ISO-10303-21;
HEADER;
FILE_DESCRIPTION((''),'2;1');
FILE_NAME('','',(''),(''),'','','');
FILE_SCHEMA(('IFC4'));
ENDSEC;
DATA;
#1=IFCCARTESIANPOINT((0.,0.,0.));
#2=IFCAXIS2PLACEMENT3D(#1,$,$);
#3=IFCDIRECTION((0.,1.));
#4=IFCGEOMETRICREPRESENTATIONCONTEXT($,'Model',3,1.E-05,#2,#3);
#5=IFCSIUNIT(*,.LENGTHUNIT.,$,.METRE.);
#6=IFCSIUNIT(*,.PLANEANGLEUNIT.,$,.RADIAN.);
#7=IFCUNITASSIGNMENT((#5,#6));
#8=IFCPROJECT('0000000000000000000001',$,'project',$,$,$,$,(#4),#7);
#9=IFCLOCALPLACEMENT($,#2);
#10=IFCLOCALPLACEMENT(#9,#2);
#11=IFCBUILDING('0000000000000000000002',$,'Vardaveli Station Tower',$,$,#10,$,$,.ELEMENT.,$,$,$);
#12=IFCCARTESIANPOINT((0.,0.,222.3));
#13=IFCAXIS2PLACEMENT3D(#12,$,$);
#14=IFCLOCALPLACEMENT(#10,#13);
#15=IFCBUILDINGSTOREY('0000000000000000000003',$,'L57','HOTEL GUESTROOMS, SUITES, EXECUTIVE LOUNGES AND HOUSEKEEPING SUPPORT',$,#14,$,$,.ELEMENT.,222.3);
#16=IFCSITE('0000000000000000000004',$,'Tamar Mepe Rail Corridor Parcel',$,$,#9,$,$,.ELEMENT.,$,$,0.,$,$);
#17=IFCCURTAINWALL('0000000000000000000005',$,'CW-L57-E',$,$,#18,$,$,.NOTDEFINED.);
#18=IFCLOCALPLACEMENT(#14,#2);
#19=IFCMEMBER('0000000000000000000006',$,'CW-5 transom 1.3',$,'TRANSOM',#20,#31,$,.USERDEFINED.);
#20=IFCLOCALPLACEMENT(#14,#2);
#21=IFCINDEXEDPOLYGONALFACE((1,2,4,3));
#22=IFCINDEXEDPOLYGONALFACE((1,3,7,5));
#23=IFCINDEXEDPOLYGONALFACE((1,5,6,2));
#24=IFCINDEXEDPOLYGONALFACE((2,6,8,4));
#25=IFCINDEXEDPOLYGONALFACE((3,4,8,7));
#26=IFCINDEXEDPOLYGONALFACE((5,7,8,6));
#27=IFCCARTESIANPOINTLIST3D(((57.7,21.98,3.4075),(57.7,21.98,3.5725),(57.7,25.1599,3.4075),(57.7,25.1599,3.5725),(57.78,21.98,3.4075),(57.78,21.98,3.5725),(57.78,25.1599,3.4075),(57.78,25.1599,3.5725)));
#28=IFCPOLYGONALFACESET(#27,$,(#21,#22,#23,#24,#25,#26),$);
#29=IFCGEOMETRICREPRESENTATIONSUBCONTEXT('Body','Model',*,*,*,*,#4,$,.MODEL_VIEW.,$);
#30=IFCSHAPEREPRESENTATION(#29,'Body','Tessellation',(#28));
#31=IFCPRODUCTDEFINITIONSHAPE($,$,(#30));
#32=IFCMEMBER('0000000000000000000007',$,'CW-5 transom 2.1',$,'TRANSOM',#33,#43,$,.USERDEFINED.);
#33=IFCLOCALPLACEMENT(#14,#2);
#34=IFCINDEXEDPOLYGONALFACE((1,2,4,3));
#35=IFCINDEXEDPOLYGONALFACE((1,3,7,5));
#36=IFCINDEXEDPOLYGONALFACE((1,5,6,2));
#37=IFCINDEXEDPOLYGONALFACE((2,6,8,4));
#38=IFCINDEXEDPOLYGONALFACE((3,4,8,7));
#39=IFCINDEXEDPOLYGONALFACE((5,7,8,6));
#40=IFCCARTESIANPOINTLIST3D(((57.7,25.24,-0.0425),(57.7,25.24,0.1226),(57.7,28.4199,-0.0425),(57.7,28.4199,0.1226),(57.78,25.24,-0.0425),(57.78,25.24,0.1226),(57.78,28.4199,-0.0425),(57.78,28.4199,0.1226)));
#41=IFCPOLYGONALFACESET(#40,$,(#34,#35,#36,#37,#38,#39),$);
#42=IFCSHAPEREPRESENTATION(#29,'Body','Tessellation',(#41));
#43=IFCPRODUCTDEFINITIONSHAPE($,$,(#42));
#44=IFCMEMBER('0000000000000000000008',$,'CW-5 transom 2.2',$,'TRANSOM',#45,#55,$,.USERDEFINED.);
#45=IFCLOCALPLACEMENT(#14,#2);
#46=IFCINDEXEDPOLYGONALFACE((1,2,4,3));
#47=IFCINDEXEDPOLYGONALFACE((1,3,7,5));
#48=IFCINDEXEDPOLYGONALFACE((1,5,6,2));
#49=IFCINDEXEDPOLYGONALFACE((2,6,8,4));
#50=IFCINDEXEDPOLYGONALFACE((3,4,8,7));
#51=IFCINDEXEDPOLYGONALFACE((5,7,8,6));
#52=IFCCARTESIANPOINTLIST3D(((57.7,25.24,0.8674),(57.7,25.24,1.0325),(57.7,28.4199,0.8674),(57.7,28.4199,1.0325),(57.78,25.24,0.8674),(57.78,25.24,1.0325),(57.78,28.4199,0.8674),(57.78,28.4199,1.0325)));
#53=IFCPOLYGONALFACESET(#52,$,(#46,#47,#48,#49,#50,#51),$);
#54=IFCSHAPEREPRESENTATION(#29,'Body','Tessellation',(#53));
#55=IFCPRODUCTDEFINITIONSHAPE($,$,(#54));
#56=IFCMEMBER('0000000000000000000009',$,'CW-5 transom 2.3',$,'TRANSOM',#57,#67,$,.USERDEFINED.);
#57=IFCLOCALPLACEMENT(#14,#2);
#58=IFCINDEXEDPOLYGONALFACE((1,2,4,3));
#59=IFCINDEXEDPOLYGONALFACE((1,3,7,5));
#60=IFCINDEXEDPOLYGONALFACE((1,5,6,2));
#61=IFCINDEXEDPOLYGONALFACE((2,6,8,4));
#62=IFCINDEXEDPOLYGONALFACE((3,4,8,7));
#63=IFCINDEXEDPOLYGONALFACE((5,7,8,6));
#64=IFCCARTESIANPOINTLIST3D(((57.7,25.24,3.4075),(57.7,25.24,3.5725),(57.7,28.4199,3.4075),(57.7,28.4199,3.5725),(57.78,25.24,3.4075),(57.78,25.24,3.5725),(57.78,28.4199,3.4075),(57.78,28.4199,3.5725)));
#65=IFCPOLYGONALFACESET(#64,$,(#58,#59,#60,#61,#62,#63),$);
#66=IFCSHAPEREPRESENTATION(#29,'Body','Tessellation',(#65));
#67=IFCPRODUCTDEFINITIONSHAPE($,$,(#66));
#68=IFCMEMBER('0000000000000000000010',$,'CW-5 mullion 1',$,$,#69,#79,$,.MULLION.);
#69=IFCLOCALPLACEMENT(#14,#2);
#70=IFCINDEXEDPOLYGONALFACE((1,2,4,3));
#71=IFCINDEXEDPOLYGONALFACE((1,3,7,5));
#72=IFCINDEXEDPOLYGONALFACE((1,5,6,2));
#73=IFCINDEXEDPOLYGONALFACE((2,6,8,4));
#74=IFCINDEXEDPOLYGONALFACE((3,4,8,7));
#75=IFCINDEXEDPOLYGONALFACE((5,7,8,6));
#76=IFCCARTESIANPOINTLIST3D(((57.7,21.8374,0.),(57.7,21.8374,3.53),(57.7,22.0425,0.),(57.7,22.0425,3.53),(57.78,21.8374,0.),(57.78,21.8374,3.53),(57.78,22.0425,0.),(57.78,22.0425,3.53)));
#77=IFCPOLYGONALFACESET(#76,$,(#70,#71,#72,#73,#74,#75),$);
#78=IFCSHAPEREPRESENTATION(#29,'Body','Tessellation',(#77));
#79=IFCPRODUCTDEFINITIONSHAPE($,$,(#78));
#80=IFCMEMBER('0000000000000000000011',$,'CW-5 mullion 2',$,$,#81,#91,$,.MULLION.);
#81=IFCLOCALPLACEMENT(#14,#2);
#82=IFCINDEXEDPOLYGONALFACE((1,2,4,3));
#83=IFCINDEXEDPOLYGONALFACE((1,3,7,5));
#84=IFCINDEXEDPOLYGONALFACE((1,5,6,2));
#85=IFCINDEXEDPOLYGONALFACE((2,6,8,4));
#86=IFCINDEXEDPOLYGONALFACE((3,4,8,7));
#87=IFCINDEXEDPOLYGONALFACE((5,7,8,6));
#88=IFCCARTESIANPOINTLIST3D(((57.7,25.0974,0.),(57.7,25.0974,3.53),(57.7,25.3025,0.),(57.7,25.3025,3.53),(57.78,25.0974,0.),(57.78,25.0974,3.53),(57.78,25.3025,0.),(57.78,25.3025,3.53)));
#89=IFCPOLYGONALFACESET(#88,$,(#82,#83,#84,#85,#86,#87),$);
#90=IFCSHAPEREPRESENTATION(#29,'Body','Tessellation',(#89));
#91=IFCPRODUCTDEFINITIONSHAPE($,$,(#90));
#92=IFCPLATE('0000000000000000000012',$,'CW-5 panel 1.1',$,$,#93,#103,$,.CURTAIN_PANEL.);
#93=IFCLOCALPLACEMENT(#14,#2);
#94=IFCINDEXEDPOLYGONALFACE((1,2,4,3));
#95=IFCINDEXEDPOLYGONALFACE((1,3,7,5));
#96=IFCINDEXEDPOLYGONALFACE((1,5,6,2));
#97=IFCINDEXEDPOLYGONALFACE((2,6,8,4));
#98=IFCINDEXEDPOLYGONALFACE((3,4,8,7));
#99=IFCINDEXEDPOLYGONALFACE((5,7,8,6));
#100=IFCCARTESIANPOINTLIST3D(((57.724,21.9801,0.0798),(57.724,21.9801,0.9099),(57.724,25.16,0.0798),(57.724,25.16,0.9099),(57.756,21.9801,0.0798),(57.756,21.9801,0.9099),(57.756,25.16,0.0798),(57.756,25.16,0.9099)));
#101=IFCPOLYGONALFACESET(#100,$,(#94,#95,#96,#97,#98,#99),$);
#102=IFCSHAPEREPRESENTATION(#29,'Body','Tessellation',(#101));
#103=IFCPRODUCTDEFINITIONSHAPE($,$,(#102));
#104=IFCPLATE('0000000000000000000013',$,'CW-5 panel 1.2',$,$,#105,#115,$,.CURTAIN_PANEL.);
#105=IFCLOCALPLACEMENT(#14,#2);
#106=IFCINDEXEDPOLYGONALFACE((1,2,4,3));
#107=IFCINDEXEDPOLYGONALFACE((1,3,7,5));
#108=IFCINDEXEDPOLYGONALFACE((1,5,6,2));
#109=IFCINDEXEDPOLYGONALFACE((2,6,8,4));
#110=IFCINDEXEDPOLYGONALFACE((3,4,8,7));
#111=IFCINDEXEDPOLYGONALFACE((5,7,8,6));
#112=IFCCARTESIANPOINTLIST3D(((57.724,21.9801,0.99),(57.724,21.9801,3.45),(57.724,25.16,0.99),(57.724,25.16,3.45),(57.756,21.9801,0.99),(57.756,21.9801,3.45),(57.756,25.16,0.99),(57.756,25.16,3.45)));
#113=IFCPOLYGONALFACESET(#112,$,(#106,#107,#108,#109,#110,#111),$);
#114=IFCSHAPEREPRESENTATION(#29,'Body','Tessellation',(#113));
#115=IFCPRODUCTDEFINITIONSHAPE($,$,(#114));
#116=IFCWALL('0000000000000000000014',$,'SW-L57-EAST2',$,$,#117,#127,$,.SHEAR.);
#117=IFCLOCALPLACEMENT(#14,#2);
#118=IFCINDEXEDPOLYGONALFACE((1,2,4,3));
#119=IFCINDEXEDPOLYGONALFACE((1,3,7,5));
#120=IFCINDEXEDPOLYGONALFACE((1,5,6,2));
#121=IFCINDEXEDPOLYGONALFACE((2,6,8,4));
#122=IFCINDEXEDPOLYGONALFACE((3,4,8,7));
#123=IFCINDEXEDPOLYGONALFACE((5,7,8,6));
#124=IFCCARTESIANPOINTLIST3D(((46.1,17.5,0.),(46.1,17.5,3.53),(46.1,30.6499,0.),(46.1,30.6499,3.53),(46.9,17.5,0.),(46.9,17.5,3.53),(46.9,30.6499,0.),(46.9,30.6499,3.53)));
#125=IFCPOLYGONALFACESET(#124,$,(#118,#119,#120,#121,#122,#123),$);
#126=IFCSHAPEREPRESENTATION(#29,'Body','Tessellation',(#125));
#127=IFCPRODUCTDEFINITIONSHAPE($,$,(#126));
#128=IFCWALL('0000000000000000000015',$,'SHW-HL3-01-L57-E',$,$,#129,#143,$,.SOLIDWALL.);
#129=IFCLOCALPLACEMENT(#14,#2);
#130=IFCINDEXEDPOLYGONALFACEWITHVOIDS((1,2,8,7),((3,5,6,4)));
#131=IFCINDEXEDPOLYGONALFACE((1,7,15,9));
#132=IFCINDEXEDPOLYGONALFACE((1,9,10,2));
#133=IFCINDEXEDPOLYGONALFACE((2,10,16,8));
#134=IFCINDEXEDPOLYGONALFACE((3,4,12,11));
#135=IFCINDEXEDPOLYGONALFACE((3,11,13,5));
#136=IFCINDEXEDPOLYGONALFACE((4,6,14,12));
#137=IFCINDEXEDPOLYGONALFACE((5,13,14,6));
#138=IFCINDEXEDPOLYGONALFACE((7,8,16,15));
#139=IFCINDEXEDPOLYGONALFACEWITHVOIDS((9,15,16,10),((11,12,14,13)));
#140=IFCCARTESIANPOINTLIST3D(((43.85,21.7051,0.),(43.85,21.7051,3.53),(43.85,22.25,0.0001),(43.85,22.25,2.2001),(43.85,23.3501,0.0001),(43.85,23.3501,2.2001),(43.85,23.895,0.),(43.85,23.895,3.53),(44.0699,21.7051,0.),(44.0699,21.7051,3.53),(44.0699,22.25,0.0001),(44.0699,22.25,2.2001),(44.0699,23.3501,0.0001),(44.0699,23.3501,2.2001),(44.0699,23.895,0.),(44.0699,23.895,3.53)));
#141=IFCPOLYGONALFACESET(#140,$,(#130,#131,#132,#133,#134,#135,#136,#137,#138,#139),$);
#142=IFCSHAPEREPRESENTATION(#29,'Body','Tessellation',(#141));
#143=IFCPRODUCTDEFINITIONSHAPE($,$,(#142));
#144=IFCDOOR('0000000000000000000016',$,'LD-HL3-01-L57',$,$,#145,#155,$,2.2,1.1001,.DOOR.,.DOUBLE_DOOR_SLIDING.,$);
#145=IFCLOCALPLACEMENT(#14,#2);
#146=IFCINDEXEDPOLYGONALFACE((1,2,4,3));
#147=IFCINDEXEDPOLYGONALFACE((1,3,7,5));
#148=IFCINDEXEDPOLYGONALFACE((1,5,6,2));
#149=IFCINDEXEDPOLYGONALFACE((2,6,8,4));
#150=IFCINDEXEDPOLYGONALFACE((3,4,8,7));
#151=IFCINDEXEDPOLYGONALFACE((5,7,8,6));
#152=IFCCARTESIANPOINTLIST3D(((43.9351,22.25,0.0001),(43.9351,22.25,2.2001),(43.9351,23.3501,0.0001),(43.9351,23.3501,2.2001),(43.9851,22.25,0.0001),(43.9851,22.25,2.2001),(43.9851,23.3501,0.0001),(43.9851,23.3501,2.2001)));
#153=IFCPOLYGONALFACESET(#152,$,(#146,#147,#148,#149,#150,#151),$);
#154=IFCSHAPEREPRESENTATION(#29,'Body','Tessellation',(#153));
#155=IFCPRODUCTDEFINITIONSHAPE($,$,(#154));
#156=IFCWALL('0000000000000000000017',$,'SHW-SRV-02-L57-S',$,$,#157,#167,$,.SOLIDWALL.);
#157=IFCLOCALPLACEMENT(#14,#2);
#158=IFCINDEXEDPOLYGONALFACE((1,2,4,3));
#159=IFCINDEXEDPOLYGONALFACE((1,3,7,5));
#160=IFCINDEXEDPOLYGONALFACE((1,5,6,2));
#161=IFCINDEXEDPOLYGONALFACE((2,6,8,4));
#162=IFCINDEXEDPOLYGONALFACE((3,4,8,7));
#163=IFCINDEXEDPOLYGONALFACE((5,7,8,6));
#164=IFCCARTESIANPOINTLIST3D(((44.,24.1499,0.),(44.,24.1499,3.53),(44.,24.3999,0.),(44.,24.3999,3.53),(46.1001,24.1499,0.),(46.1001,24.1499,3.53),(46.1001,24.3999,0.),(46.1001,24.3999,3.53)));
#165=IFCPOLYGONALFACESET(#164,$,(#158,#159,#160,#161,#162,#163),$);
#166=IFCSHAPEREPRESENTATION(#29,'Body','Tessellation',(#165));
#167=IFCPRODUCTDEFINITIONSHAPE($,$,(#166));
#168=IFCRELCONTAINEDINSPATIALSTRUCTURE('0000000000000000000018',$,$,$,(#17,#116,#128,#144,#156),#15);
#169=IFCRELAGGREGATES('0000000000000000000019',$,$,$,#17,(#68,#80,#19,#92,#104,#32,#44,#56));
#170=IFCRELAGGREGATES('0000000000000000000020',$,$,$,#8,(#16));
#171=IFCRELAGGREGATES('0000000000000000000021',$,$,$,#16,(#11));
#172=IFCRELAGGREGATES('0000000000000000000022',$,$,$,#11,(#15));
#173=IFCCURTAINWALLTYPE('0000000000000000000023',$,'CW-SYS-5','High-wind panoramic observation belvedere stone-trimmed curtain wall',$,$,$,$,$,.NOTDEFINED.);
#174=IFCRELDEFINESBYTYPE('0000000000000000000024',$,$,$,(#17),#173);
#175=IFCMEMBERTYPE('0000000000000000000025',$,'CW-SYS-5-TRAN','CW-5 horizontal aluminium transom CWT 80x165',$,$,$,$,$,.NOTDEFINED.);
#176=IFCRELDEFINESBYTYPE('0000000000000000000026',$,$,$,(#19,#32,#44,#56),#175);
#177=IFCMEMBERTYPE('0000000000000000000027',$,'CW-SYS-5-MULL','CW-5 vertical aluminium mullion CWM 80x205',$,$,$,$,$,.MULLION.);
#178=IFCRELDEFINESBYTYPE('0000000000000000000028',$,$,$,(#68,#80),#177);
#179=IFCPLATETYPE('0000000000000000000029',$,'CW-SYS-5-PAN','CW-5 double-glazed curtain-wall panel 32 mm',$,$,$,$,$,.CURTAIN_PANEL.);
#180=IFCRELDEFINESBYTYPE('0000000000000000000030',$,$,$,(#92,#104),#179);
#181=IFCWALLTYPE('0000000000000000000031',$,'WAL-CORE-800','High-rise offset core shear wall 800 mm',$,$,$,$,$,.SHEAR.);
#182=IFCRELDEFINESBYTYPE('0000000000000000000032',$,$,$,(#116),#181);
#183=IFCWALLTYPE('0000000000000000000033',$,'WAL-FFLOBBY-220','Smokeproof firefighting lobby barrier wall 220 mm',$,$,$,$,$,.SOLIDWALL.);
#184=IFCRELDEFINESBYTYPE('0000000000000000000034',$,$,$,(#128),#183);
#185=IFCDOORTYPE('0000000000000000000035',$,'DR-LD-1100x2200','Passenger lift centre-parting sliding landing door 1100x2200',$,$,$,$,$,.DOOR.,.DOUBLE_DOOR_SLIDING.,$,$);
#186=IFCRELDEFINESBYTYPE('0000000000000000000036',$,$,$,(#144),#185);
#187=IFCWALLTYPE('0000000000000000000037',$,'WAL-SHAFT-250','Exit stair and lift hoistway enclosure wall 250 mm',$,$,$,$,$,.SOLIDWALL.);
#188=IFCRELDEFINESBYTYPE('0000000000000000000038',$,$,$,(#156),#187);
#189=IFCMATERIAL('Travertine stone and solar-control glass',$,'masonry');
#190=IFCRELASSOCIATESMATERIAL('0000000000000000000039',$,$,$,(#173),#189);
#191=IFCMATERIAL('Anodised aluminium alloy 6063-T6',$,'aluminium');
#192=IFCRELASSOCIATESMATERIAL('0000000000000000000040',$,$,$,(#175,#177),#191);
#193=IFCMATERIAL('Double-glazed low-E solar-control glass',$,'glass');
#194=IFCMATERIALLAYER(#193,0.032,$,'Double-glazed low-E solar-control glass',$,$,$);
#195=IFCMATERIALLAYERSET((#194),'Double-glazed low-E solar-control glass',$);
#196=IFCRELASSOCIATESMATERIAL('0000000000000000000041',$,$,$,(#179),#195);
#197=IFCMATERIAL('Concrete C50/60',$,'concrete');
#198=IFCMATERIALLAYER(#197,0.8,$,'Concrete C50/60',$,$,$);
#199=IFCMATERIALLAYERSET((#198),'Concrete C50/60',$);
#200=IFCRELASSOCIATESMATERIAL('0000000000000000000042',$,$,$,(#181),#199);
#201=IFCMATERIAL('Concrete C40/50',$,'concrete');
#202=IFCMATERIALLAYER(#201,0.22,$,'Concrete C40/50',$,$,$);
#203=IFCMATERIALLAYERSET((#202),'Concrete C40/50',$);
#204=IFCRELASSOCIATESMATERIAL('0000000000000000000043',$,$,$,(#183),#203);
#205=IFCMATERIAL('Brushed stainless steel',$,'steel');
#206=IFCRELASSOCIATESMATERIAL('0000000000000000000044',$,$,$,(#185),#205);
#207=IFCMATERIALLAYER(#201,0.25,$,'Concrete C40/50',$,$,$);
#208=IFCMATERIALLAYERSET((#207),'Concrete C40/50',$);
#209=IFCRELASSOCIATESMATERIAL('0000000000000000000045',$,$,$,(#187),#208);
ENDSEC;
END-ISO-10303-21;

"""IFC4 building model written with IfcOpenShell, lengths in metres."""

from ifc_helpers import new_model, si_unit, direction, frame, frame_2d, origin, origin_2d, place, context, subcontext, project, spatial, rectangle, extrude, source, transform, mapped, material, layer, layer_set, material_profile, profile_set, type_object, element, fill, aggregate, save


model = new_model("IFC4")

# Units and contexts
model_context = context("Model", 3, precision=1e-05, world=origin(), true_north=direction((0.0, 1.0)))
body_context = subcontext(model_context, "Body", "Model", "MODEL_VIEW")
ifc_project = project(units=[si_unit("LENGTHUNIT", "METRE"), si_unit("PLANEANGLEUNIT", "RADIAN")], contexts=[model_context])

# Site, building, storey
site_placement = place(None, origin())
site = spatial("IfcSite", under=ifc_project, at=site_placement, Name="Tamar Mepe Rail Corridor Parcel", CompositionType="ELEMENT", RefElevation=0.0)
building_placement = place(site_placement, origin())
building = spatial("IfcBuilding", under=site, at=building_placement, Name="Vardaveli Station Tower", CompositionType="ELEMENT")
storey_placement = place(building_placement, frame((0.0, 0.0, 222.3)))
storey = spatial("IfcBuildingStorey", under=building, at=storey_placement, Name="L57", Description="HOTEL GUESTROOMS, SUITES, EXECUTIVE LOUNGES AND HOUSEKEEPING SUPPORT", CompositionType="ELEMENT", Elevation=222.3)

# Curtain wall, members, plates
ifc_material_1 = material(Name="Travertine stone and solar-control glass", Category="masonry")
curtain_wall_type = type_object("IfcCurtainWallType", Name="CW-SYS-5", Description="High-wind panoramic observation belvedere stone-trimmed curtain wall", PredefinedType="NOTDEFINED", material=ifc_material_1)
curtain_wall_placement = place(storey_placement, origin())
curtain_wall = element("IfcCurtainWall", 1, at=curtain_wall_placement, inside=storey, type_object=curtain_wall_type, Name="CW-L57-E", PredefinedType="NOTDEFINED")
ifc_material_2 = material(Name="Anodised aluminium alloy 6063-T6", Category="aluminium")
ifc_material_profile_1 = material_profile(ifc_material_2, rectangle(XDim=0.0801, YDim=0.165, at=origin_2d()), Name="CWT 80x165")
ifc_profile_set_1 = profile_set([ifc_material_profile_1], Name="Anodised aluminium alloy 6063-T6")
member_type_1 = type_object("IfcMemberType", Name="CW-SYS-5-TRAN", Description="CW-5 horizontal aluminium transom CWT 80x165", PredefinedType="NOTDEFINED", material=ifc_profile_set_1)
shared_shape_1 = source(origin(), body_context, "Body", "SweptSolid", [
    extrude(rectangle(XDim=0.0801, YDim=0.165, at=origin_2d()), origin(), (0.0, 0.0, 1.0), 3.1799),
])
member_1_placement = place(storey_placement, frame((57.74, 21.98, 3.49), z_axis=(0.0, 1.0, 0.0), x_axis=(-1.0, 0.0, 0.0)))
member_1 = element("IfcMember", 2, at=member_1_placement, type_object=member_type_1, Name="CW-5 transom 1.3", ObjectType="TRANSOM", PredefinedType="USERDEFINED", context=body_context, shape_type="MappedRepresentation", body=[
    mapped(shared_shape_1, transform((0.0, 0.0, 0.0), scale=1.0)),
])
member_2_placement = place(storey_placement, frame((57.74, 25.24, 0.04), z_axis=(0.0, 1.0, 0.0), x_axis=(-1.0, 0.0, 0.0)))
member_2 = element("IfcMember", 3, at=member_2_placement, type_object=member_type_1, Name="CW-5 transom 2.1", ObjectType="TRANSOM", PredefinedType="USERDEFINED", context=body_context, shape_type="MappedRepresentation", body=[
    mapped(shared_shape_1, transform((0.0, 0.0, 0.0), scale=1.0)),
])
member_3_placement = place(storey_placement, frame((57.74, 25.24, 0.95), z_axis=(0.0, 1.0, 0.0), x_axis=(-1.0, 0.0, 0.0)))
member_3 = element("IfcMember", 4, at=member_3_placement, type_object=member_type_1, Name="CW-5 transom 2.2", ObjectType="TRANSOM", PredefinedType="USERDEFINED", context=body_context, shape_type="MappedRepresentation", body=[
    mapped(shared_shape_1, transform((0.0, 0.0, 0.0), scale=1.0)),
])
member_4_placement = place(storey_placement, frame((57.74, 25.24, 3.49), z_axis=(0.0, 1.0, 0.0), x_axis=(-1.0, 0.0, 0.0)))
member_4 = element("IfcMember", 5, at=member_4_placement, type_object=member_type_1, Name="CW-5 transom 2.3", ObjectType="TRANSOM", PredefinedType="USERDEFINED", context=body_context, shape_type="MappedRepresentation", body=[
    mapped(shared_shape_1, transform((0.0, 0.0, 0.0), scale=1.0)),
])
ifc_material_profile_2 = material_profile(ifc_material_2, rectangle(XDim=0.0801, YDim=0.2051, at=origin_2d()), Name="CWM 80x205")
ifc_profile_set_2 = profile_set([ifc_material_profile_2], Name="Anodised aluminium alloy 6063-T6")
member_type_2 = type_object("IfcMemberType", Name="CW-SYS-5-MULL", Description="CW-5 vertical aluminium mullion CWM 80x205", PredefinedType="MULLION", material=ifc_profile_set_2)
shared_shape_2 = source(origin(), body_context, "Body", "SweptSolid", [
    extrude(rectangle(XDim=0.0801, YDim=0.2051, at=origin_2d()), origin(), (0.0, 0.0, 1.0), 3.53),
])
member_5_placement = place(storey_placement, frame((57.74, 21.9399, 0.0), z_axis=(0.0, 0.0, 1.0), x_axis=(-1.0, 0.0, 0.0)))
member_5 = element("IfcMember", 6, at=member_5_placement, type_object=member_type_2, Name="CW-5 mullion 1", PredefinedType="MULLION", context=body_context, shape_type="MappedRepresentation", body=[
    mapped(shared_shape_2, transform((0.0, 0.0, 0.0), scale=1.0)),
])
member_6_placement = place(storey_placement, frame((57.74, 25.2, 0.0), z_axis=(0.0, 0.0, 1.0), x_axis=(-1.0, 0.0, 0.0)))
member_6 = element("IfcMember", 7, at=member_6_placement, type_object=member_type_2, Name="CW-5 mullion 2", PredefinedType="MULLION", context=body_context, shape_type="MappedRepresentation", body=[
    mapped(shared_shape_2, transform((0.0, 0.0, 0.0), scale=1.0)),
])
ifc_material_3 = material(Name="Double-glazed low-E solar-control glass", Category="glass")
ifc_layer_1 = layer(ifc_material_3, 0.032, Name="Double-glazed low-E solar-control glass")
ifc_layer_set_1 = layer_set([ifc_layer_1], Name="Double-glazed low-E solar-control glass")
plate_type = type_object("IfcPlateType", Name="CW-SYS-5-PAN", Description="CW-5 double-glazed curtain-wall panel 32 mm", PredefinedType="CURTAIN_PANEL", material=ifc_layer_set_1)
shared_shape_3 = source(origin(), body_context, "Body", "SweptSolid", [
    extrude(rectangle(XDim=3.1799, YDim=0.032, at=origin_2d()), origin(), (0.0, 0.0, 1.0), 0.8301),
])
plate_1_placement = place(storey_placement, frame((57.74, 23.5701, 0.0798), z_axis=(0.0, 0.0, 1.0), x_axis=(0.0, 1.0, 0.0)))
plate_1 = element("IfcPlate", 8, at=plate_1_placement, type_object=plate_type, Name="CW-5 panel 1.1", PredefinedType="CURTAIN_PANEL", context=body_context, shape_type="MappedRepresentation", body=[
    mapped(shared_shape_3, transform((0.0, 0.0, 0.0), scale=1.0)),
])
shared_shape_4 = source(origin(), body_context, "Body", "SweptSolid", [
    extrude(rectangle(XDim=3.1799, YDim=0.032, at=origin_2d()), origin(), (0.0, 0.0, 1.0), 2.46),
])
plate_2_placement = place(storey_placement, frame((57.74, 23.5701, 0.99), z_axis=(0.0, 0.0, 1.0), x_axis=(0.0, 1.0, 0.0)))
plate_2 = element("IfcPlate", 9, at=plate_2_placement, type_object=plate_type, Name="CW-5 panel 1.2", PredefinedType="CURTAIN_PANEL", context=body_context, shape_type="MappedRepresentation", body=[
    mapped(shared_shape_4, transform((0.0, 0.0, 0.0), scale=1.0)),
])
aggregate(curtain_wall, [member_5, member_6, member_1, plate_1, plate_2, member_2, member_3, member_4])

# Wall
ifc_material_4 = material(Name="Concrete C50/60", Category="concrete")
ifc_layer_2 = layer(ifc_material_4, 0.8, Name="Concrete C50/60")
ifc_layer_set_2 = layer_set([ifc_layer_2], Name="Concrete C50/60")
wall_type_1 = type_object("IfcWallType", Name="WAL-CORE-800", Description="High-rise offset core shear wall 800 mm", PredefinedType="SHEAR", material=ifc_layer_set_2)
shared_shape_5 = source(origin(), body_context, "Body", "SweptSolid", [
    extrude(rectangle(XDim=13.1499, YDim=0.8, at=frame_2d((6.575, 0.0))), origin(), (0.0, 0.0, 1.0), 3.53),
])
wall_1_placement = place(storey_placement, frame((46.5, 17.5, 0.0), z_axis=(0.0, 0.0, 1.0), x_axis=(0.0, 1.0, 0.0)))
element("IfcWall", 10, at=wall_1_placement, inside=storey, type_object=wall_type_1, Name="SW-L57-EAST2", PredefinedType="SHEAR", context=body_context, shape_type="MappedRepresentation", body=[
    mapped(shared_shape_5, transform((0.0, 0.0, 0.0), scale=1.0)),
])

# Wall, opening, door
ifc_material_5 = material(Name="Concrete C40/50", Category="concrete")
ifc_layer_3 = layer(ifc_material_5, 0.22, Name="Concrete C40/50")
ifc_layer_set_3 = layer_set([ifc_layer_3], Name="Concrete C40/50")
wall_type_2 = type_object("IfcWallType", Name="WAL-FFLOBBY-220", Description="Smokeproof firefighting lobby barrier wall 220 mm", PredefinedType="SOLIDWALL", material=ifc_layer_set_3)
shared_shape_6 = source(origin(), body_context, "Body", "SweptSolid", [
    extrude(rectangle(XDim=2.1899, YDim=0.22, at=frame_2d((1.095, 0.0))), origin(), (0.0, 0.0, 1.0), 3.53),
])
wall_2_placement = place(storey_placement, frame((43.96, 21.7051, 0.0), z_axis=(0.0, 0.0, 1.0), x_axis=(0.0, 1.0, 0.0)))
wall_2 = element("IfcWall", 11, at=wall_2_placement, inside=storey, type_object=wall_type_2, Name="SHW-HL3-01-L57-E", PredefinedType="SOLIDWALL", context=body_context, shape_type="MappedRepresentation", body=[
    mapped(shared_shape_6, transform((0.0, 0.0, 0.0), scale=1.0)),
])
shared_shape_7 = source(origin(), body_context, "Body", "SweptSolid", [
    extrude(rectangle(XDim=1.1001, YDim=2.2, at=frame_2d((0.55, 1.1001))), frame((0.0, 0.1201, 0.0), z_axis=(0.0, -1.0, 0.0), x_axis=(1.0, 0.0, 0.0)), (0.0, 0.0, 1.0), 0.24),
])
opening_1_placement = place(wall_2_placement, frame((0.5449, 0.0, 0.0)))
opening_1 = element("IfcOpeningElement", 12, at=opening_1_placement, cuts=wall_2, PredefinedType="OPENING", context=body_context, shape_type="MappedRepresentation", body=[
    mapped(shared_shape_7, transform((0.0, 0.0, 0.0), scale=1.0)),
])
ifc_material_6 = material(Name="Brushed stainless steel", Category="steel")
door_type_1 = type_object("IfcDoorType", Name="DR-LD-1100x2200", Description="Passenger lift centre-parting sliding landing door 1100x2200", OperationType="DOUBLE_DOOR_SLIDING", PredefinedType="DOOR", material=ifc_material_6)
shared_shape_8 = source(origin(), body_context, "Body", "SweptSolid", [
    extrude(rectangle(XDim=1.1001, YDim=2.2, at=frame_2d((0.55, 1.1001))), frame((0.0, 0.0249, 0.0), z_axis=(0.0, -1.0, 0.0), x_axis=(1.0, 0.0, 0.0)), (0.0, 0.0, 1.0), 0.05),
])
door_1_placement = place(opening_1_placement, origin())
door_1 = element("IfcDoor", 13, at=door_1_placement, inside=storey, type_object=door_type_1, Name="LD-HL3-01-L57", OperationType="DOUBLE_DOOR_SLIDING", OverallHeight=2.2, OverallWidth=1.1001, PredefinedType="DOOR", context=body_context, shape_type="MappedRepresentation", body=[
    mapped(shared_shape_8, transform((0.0, 0.0, 0.0), scale=1.0)),
])
fill(opening_1, door_1)

# Wall
ifc_layer_4 = layer(ifc_material_5, 0.25, Name="Concrete C40/50")
ifc_layer_set_4 = layer_set([ifc_layer_4], Name="Concrete C40/50")
wall_type_3 = type_object("IfcWallType", Name="WAL-SHAFT-250", Description="Exit stair and lift hoistway enclosure wall 250 mm", PredefinedType="SOLIDWALL", material=ifc_layer_set_4)
shared_shape_9 = source(origin(), body_context, "Body", "SweptSolid", [
    extrude(rectangle(XDim=2.1001, YDim=0.25, at=frame_2d((1.05, 0.0))), origin(), (0.0, 0.0, 1.0), 3.53),
])
wall_3_placement = place(storey_placement, frame((44.0, 24.2749, 0.0), z_axis=(0.0, 0.0, 1.0), x_axis=(1.0, 0.0, 0.0)))
element("IfcWall", 14, at=wall_3_placement, inside=storey, type_object=wall_type_3, Name="SHW-SRV-02-L57-S", PredefinedType="SOLIDWALL", context=body_context, shape_type="MappedRepresentation", body=[
    mapped(shared_shape_9, transform((0.0, 0.0, 0.0), scale=1.0)),
])

save(model, "model.ifc")
